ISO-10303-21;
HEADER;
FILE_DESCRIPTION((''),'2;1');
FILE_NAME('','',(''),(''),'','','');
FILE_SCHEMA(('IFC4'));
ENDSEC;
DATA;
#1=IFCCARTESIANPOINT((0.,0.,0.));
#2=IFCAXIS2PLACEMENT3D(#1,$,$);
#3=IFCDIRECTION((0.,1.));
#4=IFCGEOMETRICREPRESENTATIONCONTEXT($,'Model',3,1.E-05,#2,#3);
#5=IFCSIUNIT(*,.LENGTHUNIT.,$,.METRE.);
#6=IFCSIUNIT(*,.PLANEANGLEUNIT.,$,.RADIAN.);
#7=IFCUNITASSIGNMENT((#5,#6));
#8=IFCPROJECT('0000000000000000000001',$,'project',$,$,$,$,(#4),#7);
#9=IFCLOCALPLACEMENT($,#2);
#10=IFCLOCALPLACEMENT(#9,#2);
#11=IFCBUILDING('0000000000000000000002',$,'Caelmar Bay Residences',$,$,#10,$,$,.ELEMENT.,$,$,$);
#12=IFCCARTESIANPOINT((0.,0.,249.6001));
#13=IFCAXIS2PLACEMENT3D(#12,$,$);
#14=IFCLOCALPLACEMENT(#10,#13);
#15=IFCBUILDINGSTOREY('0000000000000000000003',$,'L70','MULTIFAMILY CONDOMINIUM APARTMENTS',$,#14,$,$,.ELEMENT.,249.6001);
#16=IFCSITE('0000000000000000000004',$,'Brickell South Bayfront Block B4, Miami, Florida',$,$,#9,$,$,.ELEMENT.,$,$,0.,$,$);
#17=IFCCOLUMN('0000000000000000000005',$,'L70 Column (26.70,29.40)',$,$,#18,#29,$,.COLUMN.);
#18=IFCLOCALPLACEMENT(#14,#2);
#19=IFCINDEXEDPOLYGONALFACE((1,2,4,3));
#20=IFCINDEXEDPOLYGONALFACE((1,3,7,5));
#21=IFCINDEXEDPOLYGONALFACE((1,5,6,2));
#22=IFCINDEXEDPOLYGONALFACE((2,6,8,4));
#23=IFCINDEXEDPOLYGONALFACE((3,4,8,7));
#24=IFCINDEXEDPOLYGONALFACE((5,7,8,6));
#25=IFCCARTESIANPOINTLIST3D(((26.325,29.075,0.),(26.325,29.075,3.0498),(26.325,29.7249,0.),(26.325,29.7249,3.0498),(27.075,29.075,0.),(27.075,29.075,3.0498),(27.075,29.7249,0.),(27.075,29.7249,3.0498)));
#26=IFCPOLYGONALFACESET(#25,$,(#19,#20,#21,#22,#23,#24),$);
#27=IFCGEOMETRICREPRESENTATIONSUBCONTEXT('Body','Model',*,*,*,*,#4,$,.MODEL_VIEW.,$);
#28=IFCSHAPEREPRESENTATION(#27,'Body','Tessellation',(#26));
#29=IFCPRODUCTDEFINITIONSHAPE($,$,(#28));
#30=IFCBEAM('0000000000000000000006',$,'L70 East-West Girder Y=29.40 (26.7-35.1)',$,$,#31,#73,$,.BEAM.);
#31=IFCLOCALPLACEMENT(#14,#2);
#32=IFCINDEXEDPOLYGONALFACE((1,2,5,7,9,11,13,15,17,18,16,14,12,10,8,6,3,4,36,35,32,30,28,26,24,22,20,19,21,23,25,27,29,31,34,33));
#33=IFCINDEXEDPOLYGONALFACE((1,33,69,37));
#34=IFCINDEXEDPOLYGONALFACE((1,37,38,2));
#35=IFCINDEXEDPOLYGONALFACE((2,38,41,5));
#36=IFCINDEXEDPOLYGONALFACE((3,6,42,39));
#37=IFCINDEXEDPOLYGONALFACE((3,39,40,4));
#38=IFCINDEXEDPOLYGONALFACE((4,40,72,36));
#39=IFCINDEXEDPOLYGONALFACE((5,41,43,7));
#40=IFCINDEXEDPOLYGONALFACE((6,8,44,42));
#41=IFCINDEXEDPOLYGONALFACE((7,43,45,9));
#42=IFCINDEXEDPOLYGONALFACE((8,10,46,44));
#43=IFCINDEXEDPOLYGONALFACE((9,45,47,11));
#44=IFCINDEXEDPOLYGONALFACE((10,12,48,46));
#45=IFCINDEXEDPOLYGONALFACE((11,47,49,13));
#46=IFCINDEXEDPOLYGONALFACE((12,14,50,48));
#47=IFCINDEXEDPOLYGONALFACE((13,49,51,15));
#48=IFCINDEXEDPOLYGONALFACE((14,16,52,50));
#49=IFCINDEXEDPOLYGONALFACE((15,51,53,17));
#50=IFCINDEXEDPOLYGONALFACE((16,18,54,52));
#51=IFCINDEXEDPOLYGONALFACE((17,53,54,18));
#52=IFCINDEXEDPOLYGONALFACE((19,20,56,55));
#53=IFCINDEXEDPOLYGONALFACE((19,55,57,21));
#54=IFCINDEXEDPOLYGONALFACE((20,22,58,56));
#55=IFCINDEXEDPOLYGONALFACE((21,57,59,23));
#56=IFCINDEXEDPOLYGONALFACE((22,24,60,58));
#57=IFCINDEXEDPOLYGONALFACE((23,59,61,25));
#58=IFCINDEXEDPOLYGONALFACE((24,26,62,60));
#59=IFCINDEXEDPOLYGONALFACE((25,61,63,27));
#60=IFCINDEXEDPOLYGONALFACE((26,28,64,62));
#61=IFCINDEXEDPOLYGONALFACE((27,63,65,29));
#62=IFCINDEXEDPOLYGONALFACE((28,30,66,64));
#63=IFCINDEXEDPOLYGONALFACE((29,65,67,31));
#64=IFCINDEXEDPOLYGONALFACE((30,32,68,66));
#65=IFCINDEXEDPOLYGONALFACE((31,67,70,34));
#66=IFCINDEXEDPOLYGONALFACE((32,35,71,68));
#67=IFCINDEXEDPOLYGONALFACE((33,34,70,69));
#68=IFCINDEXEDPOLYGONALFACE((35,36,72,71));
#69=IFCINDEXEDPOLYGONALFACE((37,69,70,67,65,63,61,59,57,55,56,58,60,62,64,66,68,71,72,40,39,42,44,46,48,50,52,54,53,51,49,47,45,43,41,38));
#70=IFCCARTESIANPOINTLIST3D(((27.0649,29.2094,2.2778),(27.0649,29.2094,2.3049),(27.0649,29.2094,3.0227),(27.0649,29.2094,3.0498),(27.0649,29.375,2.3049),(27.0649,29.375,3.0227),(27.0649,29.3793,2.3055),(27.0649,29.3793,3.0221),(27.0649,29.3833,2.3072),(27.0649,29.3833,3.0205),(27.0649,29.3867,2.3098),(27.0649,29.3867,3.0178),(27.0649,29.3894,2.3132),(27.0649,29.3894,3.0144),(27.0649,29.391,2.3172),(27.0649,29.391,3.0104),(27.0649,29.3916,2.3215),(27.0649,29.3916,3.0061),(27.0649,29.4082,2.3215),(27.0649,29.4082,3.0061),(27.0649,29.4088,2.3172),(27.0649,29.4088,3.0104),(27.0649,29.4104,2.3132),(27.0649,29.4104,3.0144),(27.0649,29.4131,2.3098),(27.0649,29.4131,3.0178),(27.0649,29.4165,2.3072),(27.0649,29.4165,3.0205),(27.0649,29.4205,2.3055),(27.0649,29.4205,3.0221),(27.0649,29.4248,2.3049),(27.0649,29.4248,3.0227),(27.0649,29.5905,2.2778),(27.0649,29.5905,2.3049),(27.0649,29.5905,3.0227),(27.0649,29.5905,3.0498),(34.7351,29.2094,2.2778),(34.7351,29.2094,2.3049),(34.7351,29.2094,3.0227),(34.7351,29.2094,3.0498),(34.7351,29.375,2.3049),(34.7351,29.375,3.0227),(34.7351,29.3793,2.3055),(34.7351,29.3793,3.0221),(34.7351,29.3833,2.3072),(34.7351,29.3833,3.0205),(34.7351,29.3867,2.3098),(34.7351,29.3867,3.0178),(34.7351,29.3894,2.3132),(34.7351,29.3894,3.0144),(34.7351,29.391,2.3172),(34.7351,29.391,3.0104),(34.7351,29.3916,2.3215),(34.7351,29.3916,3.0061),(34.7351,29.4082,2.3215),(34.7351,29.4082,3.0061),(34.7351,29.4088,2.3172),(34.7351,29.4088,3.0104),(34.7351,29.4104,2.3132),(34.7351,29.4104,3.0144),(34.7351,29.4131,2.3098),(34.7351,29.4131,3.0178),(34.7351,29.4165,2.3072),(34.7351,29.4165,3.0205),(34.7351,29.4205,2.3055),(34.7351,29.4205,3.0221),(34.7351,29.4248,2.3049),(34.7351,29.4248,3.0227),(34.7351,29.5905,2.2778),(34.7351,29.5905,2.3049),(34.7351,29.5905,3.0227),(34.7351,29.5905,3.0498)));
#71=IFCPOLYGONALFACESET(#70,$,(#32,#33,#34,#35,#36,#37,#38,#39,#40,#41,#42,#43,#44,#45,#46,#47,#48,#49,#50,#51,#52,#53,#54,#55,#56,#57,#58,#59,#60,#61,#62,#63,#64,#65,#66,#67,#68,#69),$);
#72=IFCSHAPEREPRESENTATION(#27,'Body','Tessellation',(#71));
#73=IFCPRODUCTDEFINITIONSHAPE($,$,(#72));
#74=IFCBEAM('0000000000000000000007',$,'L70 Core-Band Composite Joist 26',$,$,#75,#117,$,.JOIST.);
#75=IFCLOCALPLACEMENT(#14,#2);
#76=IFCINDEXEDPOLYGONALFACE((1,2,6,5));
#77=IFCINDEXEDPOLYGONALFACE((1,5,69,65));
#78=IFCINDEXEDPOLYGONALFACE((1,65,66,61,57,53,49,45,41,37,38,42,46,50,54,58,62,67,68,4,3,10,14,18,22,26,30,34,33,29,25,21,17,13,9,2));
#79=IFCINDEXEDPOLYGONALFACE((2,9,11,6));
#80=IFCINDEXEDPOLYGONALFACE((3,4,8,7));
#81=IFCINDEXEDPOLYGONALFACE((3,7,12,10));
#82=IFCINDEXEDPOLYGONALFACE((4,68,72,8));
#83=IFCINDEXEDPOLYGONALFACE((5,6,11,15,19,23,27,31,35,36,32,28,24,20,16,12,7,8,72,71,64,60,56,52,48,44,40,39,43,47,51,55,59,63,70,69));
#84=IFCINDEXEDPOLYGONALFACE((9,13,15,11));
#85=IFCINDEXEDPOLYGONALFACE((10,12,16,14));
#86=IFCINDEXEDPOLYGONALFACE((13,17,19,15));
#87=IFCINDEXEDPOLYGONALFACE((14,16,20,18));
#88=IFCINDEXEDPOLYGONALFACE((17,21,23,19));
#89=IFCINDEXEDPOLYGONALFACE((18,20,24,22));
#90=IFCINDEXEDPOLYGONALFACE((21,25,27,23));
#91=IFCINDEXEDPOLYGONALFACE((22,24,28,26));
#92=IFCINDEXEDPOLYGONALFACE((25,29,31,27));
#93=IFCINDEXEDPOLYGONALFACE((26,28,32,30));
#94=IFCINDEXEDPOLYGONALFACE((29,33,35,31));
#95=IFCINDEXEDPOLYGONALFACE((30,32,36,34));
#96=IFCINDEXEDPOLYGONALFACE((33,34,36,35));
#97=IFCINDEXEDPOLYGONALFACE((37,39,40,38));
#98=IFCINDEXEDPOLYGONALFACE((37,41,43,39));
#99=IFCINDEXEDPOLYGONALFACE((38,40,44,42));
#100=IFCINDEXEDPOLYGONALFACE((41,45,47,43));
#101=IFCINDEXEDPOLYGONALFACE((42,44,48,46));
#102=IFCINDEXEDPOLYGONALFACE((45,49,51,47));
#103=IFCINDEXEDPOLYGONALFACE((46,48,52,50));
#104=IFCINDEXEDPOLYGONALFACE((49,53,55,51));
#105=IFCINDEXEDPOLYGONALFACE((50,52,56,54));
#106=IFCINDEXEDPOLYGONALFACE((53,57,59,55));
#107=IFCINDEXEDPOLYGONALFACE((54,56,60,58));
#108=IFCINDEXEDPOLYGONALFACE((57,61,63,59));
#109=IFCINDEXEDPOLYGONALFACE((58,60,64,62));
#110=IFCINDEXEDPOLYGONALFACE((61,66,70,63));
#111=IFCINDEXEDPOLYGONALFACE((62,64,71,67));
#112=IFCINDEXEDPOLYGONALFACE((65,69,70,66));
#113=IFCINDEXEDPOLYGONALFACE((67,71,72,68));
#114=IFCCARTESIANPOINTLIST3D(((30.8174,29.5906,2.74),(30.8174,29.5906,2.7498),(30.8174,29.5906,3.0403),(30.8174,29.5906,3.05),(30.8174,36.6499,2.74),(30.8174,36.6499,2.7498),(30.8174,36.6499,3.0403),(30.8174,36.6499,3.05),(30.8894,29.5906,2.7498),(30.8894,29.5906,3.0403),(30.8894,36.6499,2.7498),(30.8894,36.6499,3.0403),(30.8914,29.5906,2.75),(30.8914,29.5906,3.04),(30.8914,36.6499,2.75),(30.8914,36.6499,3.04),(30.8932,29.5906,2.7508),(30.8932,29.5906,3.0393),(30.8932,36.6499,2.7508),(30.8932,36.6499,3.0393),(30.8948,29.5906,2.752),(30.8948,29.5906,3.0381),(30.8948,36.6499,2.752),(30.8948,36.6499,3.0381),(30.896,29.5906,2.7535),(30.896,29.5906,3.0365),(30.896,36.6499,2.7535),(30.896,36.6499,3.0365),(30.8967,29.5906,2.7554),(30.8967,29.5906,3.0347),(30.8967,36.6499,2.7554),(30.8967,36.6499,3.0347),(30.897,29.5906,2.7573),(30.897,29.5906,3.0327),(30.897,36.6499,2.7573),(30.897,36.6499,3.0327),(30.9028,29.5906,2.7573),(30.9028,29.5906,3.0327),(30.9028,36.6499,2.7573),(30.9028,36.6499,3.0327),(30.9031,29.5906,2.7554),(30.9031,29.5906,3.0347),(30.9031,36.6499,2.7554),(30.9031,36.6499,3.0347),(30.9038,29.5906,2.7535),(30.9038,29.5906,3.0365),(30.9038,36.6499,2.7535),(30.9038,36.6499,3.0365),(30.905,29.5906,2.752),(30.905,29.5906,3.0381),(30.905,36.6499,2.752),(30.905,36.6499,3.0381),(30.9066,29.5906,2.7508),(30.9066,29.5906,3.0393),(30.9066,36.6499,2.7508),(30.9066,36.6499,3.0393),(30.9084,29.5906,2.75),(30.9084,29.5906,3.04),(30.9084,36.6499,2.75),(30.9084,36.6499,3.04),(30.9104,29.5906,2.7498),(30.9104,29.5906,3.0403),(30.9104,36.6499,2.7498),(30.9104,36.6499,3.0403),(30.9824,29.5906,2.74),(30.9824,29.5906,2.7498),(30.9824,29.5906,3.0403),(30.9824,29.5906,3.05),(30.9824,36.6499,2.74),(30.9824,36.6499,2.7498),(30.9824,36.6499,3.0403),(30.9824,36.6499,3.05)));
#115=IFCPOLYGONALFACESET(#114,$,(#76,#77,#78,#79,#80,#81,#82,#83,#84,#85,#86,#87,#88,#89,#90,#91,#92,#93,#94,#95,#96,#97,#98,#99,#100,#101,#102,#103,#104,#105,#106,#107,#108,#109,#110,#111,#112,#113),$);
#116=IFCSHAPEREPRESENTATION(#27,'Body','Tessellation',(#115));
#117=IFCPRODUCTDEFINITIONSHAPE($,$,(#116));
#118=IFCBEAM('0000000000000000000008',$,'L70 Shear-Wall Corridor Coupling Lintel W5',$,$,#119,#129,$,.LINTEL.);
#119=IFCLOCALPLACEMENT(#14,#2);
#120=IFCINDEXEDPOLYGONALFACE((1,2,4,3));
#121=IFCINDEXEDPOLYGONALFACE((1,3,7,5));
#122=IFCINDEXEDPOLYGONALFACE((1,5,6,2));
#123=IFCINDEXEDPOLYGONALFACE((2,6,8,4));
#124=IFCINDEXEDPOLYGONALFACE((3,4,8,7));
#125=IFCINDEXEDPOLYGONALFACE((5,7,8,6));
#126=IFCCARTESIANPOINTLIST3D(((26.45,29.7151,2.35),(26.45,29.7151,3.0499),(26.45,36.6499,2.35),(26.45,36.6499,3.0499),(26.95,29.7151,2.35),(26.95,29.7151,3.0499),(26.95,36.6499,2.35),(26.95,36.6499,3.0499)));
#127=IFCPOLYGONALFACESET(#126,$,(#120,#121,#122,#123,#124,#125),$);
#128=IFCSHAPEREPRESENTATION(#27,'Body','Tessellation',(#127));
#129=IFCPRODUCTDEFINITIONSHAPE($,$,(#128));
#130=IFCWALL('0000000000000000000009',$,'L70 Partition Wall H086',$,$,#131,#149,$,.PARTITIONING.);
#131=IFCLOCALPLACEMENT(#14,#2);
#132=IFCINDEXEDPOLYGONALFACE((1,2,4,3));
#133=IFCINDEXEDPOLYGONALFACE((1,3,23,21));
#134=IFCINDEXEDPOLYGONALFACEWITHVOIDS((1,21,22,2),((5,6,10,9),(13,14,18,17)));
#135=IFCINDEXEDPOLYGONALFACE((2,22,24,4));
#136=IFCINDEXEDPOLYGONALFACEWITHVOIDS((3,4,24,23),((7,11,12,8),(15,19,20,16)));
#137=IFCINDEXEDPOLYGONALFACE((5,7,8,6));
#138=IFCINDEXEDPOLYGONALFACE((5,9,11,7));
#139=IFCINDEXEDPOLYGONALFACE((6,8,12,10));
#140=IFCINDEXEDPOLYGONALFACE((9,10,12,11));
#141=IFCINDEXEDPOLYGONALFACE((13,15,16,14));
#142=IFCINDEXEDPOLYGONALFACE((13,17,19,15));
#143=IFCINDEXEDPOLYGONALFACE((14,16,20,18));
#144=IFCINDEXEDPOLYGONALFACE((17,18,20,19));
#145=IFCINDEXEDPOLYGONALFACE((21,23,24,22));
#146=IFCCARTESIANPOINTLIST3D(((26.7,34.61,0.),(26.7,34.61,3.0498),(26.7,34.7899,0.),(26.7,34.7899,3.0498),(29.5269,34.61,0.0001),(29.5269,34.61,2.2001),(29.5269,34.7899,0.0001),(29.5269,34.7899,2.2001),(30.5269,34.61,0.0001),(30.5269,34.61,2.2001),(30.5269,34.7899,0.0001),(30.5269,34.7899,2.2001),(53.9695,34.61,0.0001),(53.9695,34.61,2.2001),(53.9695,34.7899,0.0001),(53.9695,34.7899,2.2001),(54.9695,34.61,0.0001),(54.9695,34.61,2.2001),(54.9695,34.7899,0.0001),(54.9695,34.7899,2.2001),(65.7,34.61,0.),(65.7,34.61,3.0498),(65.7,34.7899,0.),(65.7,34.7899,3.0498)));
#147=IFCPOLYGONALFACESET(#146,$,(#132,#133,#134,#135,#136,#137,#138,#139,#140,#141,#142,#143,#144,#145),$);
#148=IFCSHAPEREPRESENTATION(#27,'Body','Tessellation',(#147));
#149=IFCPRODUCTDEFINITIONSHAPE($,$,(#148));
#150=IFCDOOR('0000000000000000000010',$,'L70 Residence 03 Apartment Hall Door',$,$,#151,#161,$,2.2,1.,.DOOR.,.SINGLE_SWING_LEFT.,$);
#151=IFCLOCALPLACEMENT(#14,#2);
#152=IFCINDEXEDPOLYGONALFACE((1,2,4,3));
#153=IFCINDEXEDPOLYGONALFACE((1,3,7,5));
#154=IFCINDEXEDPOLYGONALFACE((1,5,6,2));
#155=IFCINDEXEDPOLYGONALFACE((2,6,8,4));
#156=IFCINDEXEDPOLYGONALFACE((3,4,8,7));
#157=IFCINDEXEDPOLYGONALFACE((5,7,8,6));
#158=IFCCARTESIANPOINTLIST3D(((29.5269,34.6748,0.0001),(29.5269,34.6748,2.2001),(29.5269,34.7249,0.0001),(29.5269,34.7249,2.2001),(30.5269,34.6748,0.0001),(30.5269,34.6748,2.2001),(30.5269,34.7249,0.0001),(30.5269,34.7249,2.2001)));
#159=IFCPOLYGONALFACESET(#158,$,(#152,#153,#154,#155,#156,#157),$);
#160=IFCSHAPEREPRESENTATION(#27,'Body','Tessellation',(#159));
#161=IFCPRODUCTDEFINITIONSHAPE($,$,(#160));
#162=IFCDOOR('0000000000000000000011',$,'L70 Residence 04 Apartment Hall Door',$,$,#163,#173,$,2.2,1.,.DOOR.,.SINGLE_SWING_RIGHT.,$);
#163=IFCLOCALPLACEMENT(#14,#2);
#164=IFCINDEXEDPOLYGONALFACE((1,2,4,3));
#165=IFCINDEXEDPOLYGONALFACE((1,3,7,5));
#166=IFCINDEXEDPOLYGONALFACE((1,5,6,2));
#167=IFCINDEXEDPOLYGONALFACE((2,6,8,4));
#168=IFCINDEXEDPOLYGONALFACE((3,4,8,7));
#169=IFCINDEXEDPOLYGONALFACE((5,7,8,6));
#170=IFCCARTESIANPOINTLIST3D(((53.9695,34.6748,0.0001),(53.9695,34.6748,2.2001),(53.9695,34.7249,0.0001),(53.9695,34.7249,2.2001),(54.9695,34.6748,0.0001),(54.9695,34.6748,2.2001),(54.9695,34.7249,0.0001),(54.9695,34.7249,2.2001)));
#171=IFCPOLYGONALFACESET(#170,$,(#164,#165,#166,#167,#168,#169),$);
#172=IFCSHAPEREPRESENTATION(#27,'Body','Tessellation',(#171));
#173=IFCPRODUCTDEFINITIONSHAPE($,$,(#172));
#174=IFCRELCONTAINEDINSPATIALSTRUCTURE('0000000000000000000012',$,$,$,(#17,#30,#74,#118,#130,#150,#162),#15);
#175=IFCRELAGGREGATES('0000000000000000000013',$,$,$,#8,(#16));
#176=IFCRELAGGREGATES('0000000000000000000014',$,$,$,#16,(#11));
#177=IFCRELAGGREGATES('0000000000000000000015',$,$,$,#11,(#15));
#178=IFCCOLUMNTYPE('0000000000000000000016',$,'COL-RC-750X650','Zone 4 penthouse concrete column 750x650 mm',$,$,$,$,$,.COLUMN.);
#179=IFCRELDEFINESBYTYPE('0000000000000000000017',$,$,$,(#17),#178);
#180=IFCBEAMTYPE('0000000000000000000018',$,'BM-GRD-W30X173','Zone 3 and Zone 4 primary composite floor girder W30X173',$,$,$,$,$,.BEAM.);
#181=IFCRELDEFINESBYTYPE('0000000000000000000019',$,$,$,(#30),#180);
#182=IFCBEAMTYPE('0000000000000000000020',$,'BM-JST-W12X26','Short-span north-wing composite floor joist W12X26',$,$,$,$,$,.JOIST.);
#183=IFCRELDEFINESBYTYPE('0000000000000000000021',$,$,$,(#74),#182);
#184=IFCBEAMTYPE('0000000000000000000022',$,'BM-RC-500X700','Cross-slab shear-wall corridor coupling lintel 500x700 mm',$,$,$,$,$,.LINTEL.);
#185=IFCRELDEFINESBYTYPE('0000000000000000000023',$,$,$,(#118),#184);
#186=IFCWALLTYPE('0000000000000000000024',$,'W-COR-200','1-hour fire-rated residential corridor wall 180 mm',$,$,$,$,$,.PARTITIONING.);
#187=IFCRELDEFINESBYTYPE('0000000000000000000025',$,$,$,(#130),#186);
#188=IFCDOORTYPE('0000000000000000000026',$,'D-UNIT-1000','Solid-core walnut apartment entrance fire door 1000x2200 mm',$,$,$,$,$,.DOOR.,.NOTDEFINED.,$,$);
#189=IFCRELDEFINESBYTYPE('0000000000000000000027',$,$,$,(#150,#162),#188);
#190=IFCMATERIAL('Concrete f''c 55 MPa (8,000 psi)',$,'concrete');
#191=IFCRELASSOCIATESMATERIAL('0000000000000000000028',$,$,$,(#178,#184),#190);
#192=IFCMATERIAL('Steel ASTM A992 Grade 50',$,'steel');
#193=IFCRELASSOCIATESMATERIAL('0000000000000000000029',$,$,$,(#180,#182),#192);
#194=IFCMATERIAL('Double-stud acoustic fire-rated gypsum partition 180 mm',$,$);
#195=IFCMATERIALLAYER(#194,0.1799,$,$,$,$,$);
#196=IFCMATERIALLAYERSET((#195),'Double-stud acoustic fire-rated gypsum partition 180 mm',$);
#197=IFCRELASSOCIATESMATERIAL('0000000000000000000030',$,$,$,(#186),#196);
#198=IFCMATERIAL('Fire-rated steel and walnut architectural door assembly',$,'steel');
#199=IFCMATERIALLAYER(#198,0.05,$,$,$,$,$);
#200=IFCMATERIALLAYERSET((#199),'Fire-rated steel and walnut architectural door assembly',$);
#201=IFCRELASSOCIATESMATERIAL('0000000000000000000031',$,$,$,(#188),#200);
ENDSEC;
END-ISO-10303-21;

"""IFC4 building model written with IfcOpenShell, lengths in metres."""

from ifc_helpers import new_model, si_unit, direction, frame, frame_2d, origin, origin_2d, place, context, subcontext, project, spatial, rectangle, i_section, extrude, material, layer, layer_set, material_profile, profile_set, type_object, element, fill, save


model = new_model("IFC4")

# Units and contexts
model_context = context("Model", 3, precision=1e-05, world=origin(), true_north=direction((0.0, 1.0)))
body_context = subcontext(model_context, "Body", "Model", "MODEL_VIEW")
ifc_project = project(units=[si_unit("LENGTHUNIT", "METRE"), si_unit("PLANEANGLEUNIT", "RADIAN")], contexts=[model_context])

# Site, building, storey
site_placement = place(None, origin())
site = spatial("IfcSite", under=ifc_project, at=site_placement, Name="Brickell South Bayfront Block B4, Miami, Florida", CompositionType="ELEMENT", RefElevation=0.0)
building_placement = place(site_placement, origin())
building = spatial("IfcBuilding", under=site, at=building_placement, Name="Caelmar Bay Residences", CompositionType="ELEMENT")
storey_placement = place(building_placement, frame((0.0, 0.0, 249.6001)))
storey = spatial("IfcBuildingStorey", under=building, at=storey_placement, Name="L70", Description="MULTIFAMILY CONDOMINIUM APARTMENTS", CompositionType="ELEMENT", Elevation=249.6001)

# Column
ifc_material_1 = material(Name="Concrete f'c 55 MPa (8,000 psi)", Category="concrete")
ifc_material_profile_1 = material_profile(ifc_material_1, rectangle(XDim=0.75, YDim=0.6499, at=origin_2d()), Name="RC-COL-750X650")
ifc_profile_set_1 = profile_set([ifc_material_profile_1], Name="Concrete f'c 55 MPa (8,000 psi)")
column_type = type_object("IfcColumnType", Name="COL-RC-750X650", Description="Zone 4 penthouse concrete column 750x650 mm", PredefinedType="COLUMN", material=ifc_profile_set_1)
column_placement = place(storey_placement, frame((26.7, 29.3999, 0.0), z_axis=(0.0, 0.0, 1.0), x_axis=(1.0, 0.0, 0.0)))
element("IfcColumn", 1, at=column_placement, inside=storey, type_object=column_type, Name="L70 Column (26.70,29.40)", PredefinedType="COLUMN", context=body_context, shape_type="SweptSolid", body=[
    extrude(rectangle(XDim=0.75, YDim=0.6499, at=origin_2d()), origin(), (0.0, 0.0, 1.0), 3.0498),
])

# Beams
ifc_material_2 = material(Name="Steel ASTM A992 Grade 50", Category="steel")
ifc_material_profile_2 = material_profile(ifc_material_2, i_section(OverallWidth=0.3811, OverallDepth=0.772, WebThickness=0.0166, FlangeThickness=0.0271, FilletRadius=0.0166, at=origin_2d()), Name="W30X173")
ifc_profile_set_2 = profile_set([ifc_material_profile_2], Name="Steel ASTM A992 Grade 50")
beam_type_1 = type_object("IfcBeamType", Name="BM-GRD-W30X173", Description="Zone 3 and Zone 4 primary composite floor girder W30X173", PredefinedType="BEAM", material=ifc_profile_set_2)
beam_1_placement = place(storey_placement, frame((27.0649, 29.3999, 2.6638), z_axis=(1.0, 0.0, 0.0), x_axis=(0.0, 1.0, 0.0)))
element("IfcBeam", 2, at=beam_1_placement, inside=storey, type_object=beam_type_1, Name="L70 East-West Girder Y=29.40 (26.7-35.1)", PredefinedType="BEAM", context=body_context, shape_type="SweptSolid", body=[
    extrude(i_section(OverallWidth=0.3811, OverallDepth=0.772, WebThickness=0.0166, FlangeThickness=0.0271, FilletRadius=0.0166, at=origin_2d()), origin(), (0.0, 0.0, 1.0), 7.6702),
])
ifc_material_profile_3 = material_profile(ifc_material_2, i_section(OverallWidth=0.165, OverallDepth=0.3101, WebThickness=0.0059, FlangeThickness=0.0098, FilletRadius=0.0076, at=origin_2d()), Name="W12X26")
ifc_profile_set_3 = profile_set([ifc_material_profile_3], Name="Steel ASTM A992 Grade 50")
beam_type_2 = type_object("IfcBeamType", Name="BM-JST-W12X26", Description="Short-span north-wing composite floor joist W12X26", PredefinedType="JOIST", material=ifc_profile_set_3)
beam_2_placement = place(storey_placement, frame((30.8999, 29.5906, 2.895), z_axis=(0.0, 1.0, 0.0), x_axis=(-1.0, 0.0, 0.0)))
element("IfcBeam", 3, at=beam_2_placement, inside=storey, type_object=beam_type_2, Name="L70 Core-Band Composite Joist 26", PredefinedType="JOIST", context=body_context, shape_type="SweptSolid", body=[
    extrude(i_section(OverallWidth=0.165, OverallDepth=0.3101, WebThickness=0.0059, FlangeThickness=0.0098, FilletRadius=0.0076, at=origin_2d()), origin(), (0.0, 0.0, 1.0), 7.0593),
])
ifc_material_profile_4 = material_profile(ifc_material_1, rectangle(XDim=0.5, YDim=0.7, at=origin_2d()), Name="RC-BM-500X700")
ifc_profile_set_4 = profile_set([ifc_material_profile_4], Name="Concrete f'c 55 MPa (8,000 psi)")
beam_type_3 = type_object("IfcBeamType", Name="BM-RC-500X700", Description="Cross-slab shear-wall corridor coupling lintel 500x700 mm", PredefinedType="LINTEL", material=ifc_profile_set_4)
beam_3_placement = place(storey_placement, frame((26.7, 29.7151, 2.7), z_axis=(0.0, 1.0, 0.0), x_axis=(-1.0, 0.0, 0.0)))
element("IfcBeam", 4, at=beam_3_placement, inside=storey, type_object=beam_type_3, Name="L70 Shear-Wall Corridor Coupling Lintel W5", PredefinedType="LINTEL", context=body_context, shape_type="SweptSolid", body=[
    extrude(rectangle(XDim=0.5, YDim=0.7, at=origin_2d()), origin(), (0.0, 0.0, 1.0), 6.9348),
])

# Wall, openings, doors
ifc_material_3 = material(Name="Double-stud acoustic fire-rated gypsum partition 180 mm")
ifc_layer_1 = layer(ifc_material_3, 0.1799)
ifc_layer_set_1 = layer_set([ifc_layer_1], Name="Double-stud acoustic fire-rated gypsum partition 180 mm")
wall_type_1 = type_object("IfcWallType", Name="W-COR-200", Description="1-hour fire-rated residential corridor wall 180 mm", PredefinedType="PARTITIONING", material=ifc_layer_set_1)
wall_1_placement = place(storey_placement, frame((26.7, 34.7, 0.0), z_axis=(0.0, 0.0, 1.0), x_axis=(1.0, 0.0, 0.0)))
wall_1 = element("IfcWall", 5, at=wall_1_placement, inside=storey, type_object=wall_type_1, Name="L70 Partition Wall H086", PredefinedType="PARTITIONING", context=body_context, shape_type="SweptSolid", body=[
    extrude(rectangle(XDim=39.0, YDim=0.1799, at=frame_2d((19.5, 0.0))), origin(), (0.0, 0.0, 1.0), 3.0498),
])
opening_1_placement = place(wall_1_placement, frame((2.8269, 0.0, 0.0)))
opening_1 = element("IfcOpeningElement", 6, at=opening_1_placement, cuts=wall_1, PredefinedType="OPENING", context=body_context, shape_type="SweptSolid", body=[
    extrude(rectangle(XDim=1.0, YDim=2.2, at=frame_2d((0.5, 1.1001))), frame((0.0, 0.0999, 0.0), z_axis=(0.0, -1.0, 0.0), x_axis=(1.0, 0.0, 0.0)), (0.0, 0.0, 1.0), 0.2),
])
opening_2_placement = place(wall_1_placement, frame((27.2695, 0.0, 0.0)))
opening_2 = element("IfcOpeningElement", 7, at=opening_2_placement, cuts=wall_1, PredefinedType="OPENING", context=body_context, shape_type="SweptSolid", body=[
    extrude(rectangle(XDim=1.0, YDim=2.2, at=frame_2d((0.5, 1.1001))), frame((0.0, 0.0999, 0.0), z_axis=(0.0, -1.0, 0.0), x_axis=(1.0, 0.0, 0.0)), (0.0, 0.0, 1.0), 0.2),
])
ifc_material_4 = material(Name="Fire-rated steel and walnut architectural door assembly", Category="steel")
ifc_layer_2 = layer(ifc_material_4, 0.05)
ifc_layer_set_2 = layer_set([ifc_layer_2], Name="Fire-rated steel and walnut architectural door assembly")
door_type_1 = type_object("IfcDoorType", Name="D-UNIT-1000", Description="Solid-core walnut apartment entrance fire door 1000x2200 mm", OperationType="NOTDEFINED", PredefinedType="DOOR", material=ifc_layer_set_2)
door_1_placement = place(opening_1_placement, origin())
door_1 = element("IfcDoor", 8, at=door_1_placement, inside=storey, type_object=door_type_1, Name="L70 Residence 03 Apartment Hall Door", OperationType="SINGLE_SWING_LEFT", OverallHeight=2.2, OverallWidth=1.0, PredefinedType="DOOR", context=body_context, shape_type="SweptSolid", body=[
    extrude(rectangle(XDim=1.0, YDim=2.2, at=frame_2d((0.5, 1.1001))), frame((0.0, 0.0249, 0.0), z_axis=(0.0, -1.0, 0.0), x_axis=(1.0, 0.0, 0.0)), (0.0, 0.0, 1.0), 0.05),
])
fill(opening_1, door_1)
door_2_placement = place(opening_2_placement, origin())
door_2 = element("IfcDoor", 9, at=door_2_placement, inside=storey, type_object=door_type_1, Name="L70 Residence 04 Apartment Hall Door", OperationType="SINGLE_SWING_RIGHT", OverallHeight=2.2, OverallWidth=1.0, PredefinedType="DOOR", context=body_context, shape_type="SweptSolid", body=[
    extrude(rectangle(XDim=1.0, YDim=2.2, at=frame_2d((0.5, 1.1001))), frame((0.0, 0.0249, 0.0), z_axis=(0.0, -1.0, 0.0), x_axis=(1.0, 0.0, 0.0)), (0.0, 0.0, 1.0), 0.05),
])
fill(opening_2, door_2)

save(model, "model.ifc")
